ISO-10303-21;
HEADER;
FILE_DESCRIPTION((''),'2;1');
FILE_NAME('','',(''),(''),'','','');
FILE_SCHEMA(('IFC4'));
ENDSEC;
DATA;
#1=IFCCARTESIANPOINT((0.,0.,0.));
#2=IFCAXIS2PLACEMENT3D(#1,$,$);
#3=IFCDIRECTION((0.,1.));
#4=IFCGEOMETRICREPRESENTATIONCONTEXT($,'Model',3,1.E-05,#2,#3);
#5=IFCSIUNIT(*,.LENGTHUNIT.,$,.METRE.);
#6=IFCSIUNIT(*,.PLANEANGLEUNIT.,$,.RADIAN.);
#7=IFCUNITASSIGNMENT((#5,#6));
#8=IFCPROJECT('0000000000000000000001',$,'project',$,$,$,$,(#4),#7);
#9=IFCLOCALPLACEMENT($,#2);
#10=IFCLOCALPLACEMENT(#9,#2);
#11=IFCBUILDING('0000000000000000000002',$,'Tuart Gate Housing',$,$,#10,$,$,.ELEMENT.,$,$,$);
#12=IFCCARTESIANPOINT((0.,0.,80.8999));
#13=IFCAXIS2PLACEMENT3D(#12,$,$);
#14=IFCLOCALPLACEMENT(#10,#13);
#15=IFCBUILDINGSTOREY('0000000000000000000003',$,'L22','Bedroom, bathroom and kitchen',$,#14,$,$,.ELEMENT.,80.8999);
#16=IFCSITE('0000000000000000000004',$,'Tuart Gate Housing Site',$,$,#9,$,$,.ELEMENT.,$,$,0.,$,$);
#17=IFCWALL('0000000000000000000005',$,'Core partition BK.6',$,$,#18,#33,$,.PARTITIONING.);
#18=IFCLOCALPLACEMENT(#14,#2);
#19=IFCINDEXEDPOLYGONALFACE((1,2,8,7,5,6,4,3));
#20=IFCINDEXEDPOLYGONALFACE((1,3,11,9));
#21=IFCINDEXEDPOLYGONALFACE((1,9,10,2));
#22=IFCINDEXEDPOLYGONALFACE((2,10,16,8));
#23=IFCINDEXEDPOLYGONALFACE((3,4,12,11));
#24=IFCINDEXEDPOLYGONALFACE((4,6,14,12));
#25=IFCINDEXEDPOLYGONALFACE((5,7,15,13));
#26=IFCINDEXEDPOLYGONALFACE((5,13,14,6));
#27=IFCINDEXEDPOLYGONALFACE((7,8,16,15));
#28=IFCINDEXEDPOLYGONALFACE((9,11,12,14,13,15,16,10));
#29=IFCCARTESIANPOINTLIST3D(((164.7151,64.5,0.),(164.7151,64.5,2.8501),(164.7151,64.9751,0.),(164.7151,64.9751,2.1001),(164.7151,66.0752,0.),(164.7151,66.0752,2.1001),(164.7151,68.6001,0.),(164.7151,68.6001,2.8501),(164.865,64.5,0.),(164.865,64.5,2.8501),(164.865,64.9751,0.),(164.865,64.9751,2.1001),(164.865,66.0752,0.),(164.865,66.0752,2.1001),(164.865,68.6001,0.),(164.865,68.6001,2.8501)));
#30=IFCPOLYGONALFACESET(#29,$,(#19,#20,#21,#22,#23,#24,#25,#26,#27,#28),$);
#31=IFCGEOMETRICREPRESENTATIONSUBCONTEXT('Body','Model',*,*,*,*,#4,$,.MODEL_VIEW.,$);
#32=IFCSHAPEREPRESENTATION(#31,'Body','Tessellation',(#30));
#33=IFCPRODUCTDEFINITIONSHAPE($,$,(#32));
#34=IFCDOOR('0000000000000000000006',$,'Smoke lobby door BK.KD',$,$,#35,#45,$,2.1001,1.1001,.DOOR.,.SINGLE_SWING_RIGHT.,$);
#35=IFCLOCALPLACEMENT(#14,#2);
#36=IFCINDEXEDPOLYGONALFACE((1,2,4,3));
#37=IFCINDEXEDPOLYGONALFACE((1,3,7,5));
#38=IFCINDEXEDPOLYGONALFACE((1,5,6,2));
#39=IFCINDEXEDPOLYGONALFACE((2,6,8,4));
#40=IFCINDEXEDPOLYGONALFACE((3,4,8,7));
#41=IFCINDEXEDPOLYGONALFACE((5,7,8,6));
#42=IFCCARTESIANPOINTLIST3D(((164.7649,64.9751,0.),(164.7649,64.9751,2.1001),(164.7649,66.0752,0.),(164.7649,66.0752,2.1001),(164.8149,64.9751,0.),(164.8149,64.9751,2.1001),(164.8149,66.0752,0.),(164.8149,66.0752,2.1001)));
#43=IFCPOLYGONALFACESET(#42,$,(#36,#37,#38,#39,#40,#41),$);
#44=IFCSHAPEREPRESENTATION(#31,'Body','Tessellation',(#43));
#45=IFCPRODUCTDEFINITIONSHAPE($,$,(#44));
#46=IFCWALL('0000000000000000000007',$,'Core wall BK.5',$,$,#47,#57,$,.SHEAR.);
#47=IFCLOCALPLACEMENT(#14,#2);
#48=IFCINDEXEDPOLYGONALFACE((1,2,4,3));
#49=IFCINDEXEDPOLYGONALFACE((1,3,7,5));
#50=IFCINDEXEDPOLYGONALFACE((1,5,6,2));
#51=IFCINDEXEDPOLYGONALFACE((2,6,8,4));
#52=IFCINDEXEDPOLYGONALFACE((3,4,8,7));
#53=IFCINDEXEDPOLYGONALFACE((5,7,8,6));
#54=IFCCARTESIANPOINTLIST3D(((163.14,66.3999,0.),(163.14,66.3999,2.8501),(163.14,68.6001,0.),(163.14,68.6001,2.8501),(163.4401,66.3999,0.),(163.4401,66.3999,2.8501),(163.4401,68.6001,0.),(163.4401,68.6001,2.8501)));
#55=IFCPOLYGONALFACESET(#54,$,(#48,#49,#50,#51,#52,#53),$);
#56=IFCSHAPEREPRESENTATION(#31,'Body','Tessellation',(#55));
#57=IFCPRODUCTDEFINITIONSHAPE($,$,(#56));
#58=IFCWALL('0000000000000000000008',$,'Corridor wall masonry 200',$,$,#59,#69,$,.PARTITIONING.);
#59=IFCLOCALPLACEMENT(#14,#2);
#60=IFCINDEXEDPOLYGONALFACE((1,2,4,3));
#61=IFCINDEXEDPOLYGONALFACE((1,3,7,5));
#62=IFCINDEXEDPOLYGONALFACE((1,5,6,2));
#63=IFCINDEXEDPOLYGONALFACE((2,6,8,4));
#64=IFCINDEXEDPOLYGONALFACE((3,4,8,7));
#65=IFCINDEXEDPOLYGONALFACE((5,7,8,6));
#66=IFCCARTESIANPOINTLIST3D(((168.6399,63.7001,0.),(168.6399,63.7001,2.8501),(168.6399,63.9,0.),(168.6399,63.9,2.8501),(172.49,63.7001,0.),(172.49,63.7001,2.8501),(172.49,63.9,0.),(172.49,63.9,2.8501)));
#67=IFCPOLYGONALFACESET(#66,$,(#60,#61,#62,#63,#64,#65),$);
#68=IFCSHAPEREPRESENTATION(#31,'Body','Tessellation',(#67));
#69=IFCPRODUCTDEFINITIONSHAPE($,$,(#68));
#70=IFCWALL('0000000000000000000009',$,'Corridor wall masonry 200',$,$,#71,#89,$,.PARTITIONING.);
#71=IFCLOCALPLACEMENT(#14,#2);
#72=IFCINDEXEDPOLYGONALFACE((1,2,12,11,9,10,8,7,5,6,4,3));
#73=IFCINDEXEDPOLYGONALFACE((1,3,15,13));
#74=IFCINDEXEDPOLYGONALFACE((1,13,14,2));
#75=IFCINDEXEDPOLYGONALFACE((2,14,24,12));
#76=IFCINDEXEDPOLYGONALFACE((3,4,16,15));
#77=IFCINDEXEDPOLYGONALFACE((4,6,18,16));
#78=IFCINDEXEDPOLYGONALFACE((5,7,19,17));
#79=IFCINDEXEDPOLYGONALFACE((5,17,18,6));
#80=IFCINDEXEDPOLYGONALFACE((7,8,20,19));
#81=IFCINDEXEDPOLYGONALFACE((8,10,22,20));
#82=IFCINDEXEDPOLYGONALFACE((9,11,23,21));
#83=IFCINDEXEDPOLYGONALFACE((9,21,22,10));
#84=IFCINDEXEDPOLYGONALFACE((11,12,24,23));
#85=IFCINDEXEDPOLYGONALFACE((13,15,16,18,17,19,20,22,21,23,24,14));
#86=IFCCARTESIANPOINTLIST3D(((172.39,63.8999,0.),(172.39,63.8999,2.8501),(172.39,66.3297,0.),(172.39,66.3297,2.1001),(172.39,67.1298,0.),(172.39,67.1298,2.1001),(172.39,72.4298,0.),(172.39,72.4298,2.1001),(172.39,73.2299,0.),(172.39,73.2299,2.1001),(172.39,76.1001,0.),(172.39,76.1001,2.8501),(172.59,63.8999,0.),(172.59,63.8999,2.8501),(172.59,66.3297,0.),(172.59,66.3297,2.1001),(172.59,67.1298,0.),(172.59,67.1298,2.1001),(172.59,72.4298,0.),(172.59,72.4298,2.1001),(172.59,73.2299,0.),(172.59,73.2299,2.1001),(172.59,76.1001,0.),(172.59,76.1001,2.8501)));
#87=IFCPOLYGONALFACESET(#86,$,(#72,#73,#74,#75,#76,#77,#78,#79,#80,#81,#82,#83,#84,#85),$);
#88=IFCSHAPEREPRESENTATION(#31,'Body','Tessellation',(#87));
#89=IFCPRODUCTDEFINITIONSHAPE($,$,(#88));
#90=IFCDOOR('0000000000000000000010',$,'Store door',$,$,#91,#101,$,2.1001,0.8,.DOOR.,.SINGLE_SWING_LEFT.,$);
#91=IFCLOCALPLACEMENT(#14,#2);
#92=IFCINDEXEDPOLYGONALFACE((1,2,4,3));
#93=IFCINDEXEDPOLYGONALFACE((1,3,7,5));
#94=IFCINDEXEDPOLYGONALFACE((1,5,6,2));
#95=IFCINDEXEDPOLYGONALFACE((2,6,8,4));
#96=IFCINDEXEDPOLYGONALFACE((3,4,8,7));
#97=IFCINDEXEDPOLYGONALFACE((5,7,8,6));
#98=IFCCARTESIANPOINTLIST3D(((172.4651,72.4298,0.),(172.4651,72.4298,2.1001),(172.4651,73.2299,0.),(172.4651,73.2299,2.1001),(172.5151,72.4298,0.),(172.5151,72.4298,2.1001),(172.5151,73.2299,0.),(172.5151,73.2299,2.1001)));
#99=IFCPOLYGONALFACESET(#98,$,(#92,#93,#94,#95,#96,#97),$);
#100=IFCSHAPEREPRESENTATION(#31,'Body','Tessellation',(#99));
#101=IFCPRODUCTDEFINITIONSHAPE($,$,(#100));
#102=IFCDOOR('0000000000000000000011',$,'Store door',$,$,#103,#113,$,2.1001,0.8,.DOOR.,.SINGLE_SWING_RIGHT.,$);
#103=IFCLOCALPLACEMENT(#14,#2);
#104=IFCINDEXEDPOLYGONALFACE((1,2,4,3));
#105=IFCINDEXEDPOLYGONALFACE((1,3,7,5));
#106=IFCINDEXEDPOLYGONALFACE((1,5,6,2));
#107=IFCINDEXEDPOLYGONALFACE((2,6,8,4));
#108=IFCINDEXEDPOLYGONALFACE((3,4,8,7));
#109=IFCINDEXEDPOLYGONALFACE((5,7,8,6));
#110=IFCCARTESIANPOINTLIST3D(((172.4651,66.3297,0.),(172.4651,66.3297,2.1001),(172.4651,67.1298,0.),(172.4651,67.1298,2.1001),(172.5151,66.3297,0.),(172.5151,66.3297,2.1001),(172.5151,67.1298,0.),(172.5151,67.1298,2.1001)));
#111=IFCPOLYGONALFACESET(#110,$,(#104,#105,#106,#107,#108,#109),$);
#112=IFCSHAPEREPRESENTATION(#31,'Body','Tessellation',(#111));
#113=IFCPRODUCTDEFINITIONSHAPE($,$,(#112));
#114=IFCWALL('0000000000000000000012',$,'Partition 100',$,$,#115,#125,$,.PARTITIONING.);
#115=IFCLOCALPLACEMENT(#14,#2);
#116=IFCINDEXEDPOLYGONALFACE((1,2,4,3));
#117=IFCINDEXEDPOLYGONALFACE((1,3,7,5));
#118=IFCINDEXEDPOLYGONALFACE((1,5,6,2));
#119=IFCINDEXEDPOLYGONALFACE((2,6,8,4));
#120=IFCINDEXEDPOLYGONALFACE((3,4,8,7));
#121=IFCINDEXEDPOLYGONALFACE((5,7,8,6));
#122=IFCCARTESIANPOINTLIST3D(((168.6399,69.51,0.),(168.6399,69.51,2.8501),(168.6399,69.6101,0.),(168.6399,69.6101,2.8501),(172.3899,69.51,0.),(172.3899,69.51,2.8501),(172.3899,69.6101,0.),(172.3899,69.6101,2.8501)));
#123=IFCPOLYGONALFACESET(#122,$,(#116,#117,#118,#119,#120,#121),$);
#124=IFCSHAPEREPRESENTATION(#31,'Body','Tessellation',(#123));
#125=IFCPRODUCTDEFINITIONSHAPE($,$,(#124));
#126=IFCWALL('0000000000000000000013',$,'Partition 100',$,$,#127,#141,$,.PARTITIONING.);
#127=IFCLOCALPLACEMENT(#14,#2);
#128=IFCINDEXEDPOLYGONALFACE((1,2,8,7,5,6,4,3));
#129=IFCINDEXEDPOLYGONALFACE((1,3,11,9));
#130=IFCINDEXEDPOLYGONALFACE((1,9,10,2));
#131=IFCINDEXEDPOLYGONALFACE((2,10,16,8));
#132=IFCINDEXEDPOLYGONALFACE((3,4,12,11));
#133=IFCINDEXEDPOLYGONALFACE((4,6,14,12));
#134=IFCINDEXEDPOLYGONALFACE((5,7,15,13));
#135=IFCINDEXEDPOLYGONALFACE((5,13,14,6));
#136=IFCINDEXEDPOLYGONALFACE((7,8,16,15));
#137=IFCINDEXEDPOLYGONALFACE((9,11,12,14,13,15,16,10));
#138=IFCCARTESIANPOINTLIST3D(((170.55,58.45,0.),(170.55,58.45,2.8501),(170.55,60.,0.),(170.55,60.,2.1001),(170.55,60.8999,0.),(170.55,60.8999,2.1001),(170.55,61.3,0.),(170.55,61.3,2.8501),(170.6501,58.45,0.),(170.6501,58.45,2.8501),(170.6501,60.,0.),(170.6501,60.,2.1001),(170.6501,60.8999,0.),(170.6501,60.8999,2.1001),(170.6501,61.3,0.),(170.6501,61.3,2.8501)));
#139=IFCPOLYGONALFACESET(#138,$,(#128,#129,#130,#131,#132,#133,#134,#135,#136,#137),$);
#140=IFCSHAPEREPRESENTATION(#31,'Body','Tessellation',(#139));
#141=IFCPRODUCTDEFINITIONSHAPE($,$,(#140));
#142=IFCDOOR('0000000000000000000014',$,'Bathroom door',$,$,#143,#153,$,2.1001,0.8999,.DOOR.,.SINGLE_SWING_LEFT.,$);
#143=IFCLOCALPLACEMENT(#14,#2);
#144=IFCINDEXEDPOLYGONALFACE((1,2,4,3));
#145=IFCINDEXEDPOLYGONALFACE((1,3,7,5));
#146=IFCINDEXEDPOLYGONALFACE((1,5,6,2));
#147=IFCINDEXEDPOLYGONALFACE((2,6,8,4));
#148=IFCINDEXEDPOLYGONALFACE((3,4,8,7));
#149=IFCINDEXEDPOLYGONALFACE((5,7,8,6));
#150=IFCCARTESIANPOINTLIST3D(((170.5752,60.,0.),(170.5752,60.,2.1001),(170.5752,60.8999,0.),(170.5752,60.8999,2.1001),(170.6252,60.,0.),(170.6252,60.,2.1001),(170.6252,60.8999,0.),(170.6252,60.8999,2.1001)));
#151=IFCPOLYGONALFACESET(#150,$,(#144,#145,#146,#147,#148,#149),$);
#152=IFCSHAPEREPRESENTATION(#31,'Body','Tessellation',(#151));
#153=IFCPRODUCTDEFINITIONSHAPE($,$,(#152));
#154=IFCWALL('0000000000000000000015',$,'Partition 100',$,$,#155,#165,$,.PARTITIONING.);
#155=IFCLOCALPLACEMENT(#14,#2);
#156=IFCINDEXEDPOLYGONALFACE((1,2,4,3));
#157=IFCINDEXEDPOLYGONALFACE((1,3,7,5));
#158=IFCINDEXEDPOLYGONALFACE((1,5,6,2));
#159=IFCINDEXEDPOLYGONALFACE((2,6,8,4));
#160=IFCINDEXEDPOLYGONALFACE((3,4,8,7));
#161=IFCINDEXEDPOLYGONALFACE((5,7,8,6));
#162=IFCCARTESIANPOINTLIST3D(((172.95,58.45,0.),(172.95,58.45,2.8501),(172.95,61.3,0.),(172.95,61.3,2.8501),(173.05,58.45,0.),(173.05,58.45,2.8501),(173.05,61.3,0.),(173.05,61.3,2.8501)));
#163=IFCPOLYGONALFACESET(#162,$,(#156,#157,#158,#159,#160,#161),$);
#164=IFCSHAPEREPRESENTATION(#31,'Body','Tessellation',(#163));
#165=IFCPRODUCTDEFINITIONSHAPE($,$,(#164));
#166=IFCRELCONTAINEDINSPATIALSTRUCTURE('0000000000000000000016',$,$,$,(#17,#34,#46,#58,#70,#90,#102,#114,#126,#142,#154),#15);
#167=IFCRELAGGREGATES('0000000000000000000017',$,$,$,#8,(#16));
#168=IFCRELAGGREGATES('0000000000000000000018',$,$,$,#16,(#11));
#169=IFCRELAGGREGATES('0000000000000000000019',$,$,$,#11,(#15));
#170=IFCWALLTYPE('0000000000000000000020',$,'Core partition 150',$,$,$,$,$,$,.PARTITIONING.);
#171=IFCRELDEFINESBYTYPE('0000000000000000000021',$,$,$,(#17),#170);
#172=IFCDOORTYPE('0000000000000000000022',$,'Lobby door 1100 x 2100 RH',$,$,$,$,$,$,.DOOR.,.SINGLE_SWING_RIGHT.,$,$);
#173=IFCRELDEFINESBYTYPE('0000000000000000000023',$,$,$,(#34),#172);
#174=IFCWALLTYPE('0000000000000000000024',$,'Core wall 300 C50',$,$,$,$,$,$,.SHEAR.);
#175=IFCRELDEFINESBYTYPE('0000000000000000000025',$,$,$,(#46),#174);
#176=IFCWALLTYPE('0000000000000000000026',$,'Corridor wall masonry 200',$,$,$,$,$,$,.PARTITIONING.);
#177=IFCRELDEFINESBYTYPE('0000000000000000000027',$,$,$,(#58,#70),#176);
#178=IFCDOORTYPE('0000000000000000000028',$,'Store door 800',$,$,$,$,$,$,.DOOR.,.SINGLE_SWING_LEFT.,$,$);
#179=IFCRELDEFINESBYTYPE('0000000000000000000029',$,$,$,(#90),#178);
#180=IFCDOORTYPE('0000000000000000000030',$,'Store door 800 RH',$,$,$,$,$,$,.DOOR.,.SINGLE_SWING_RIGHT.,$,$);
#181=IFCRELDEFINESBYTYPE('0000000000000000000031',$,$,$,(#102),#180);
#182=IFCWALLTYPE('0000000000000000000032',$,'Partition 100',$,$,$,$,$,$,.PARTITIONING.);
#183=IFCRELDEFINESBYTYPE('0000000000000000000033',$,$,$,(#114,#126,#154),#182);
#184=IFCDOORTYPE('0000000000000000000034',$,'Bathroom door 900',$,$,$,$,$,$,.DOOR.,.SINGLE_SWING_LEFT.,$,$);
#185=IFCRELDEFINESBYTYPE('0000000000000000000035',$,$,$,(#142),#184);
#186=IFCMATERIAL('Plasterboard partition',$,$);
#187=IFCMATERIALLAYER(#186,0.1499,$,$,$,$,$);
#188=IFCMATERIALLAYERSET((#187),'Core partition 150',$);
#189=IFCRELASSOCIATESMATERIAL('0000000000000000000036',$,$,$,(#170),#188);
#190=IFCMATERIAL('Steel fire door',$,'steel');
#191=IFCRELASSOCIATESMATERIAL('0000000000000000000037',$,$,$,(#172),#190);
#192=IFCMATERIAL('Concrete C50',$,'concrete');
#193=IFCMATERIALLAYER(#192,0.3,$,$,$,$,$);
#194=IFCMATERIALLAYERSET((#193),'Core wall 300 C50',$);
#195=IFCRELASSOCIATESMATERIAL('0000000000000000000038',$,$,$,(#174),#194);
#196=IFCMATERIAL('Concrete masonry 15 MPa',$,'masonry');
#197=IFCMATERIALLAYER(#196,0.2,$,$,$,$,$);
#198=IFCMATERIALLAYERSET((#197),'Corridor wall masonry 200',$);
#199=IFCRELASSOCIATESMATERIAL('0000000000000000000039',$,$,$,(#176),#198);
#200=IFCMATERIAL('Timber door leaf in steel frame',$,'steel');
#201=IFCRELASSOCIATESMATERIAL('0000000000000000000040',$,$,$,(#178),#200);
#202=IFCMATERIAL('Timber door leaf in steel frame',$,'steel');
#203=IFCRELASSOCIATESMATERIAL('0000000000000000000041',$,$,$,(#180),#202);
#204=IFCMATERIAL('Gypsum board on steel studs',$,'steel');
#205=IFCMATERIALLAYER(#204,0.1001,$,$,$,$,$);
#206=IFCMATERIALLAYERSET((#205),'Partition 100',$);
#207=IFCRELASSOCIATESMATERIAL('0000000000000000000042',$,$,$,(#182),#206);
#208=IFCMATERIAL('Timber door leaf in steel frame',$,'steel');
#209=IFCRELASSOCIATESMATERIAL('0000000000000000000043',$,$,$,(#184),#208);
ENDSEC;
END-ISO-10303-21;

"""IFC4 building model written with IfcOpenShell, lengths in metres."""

from ifc_helpers import new_model, si_unit, direction, frame, frame_2d, origin, place, context, subcontext, project, spatial, rectangle, extrude, material, layer, layer_set, type_object, element, fill, save


model = new_model("IFC4")

# Units and contexts
model_context = context("Model", 3, precision=1e-05, world=origin(), true_north=direction((0.0, 1.0)))
body_context = subcontext(model_context, "Body", "Model", "MODEL_VIEW")
ifc_project = project(units=[si_unit("LENGTHUNIT", "METRE"), si_unit("PLANEANGLEUNIT", "RADIAN")], contexts=[model_context])

# Site, building, storey
site_placement = place(None, origin())
site = spatial("IfcSite", under=ifc_project, at=site_placement, Name="Tuart Gate Housing Site", CompositionType="ELEMENT", RefElevation=0.0)
building_placement = place(site_placement, origin())
building = spatial("IfcBuilding", under=site, at=building_placement, Name="Tuart Gate Housing", CompositionType="ELEMENT")
storey_placement = place(building_placement, frame((0.0, 0.0, 80.8999)))
storey = spatial("IfcBuildingStorey", under=building, at=storey_placement, Name="L22", Description="Bedroom, bathroom and kitchen", CompositionType="ELEMENT", Elevation=80.8999)

# Wall, opening, door
ifc_material_1 = material(Name="Plasterboard partition")
ifc_layer_1 = layer(ifc_material_1, 0.1499)
ifc_layer_set_1 = layer_set([ifc_layer_1], Name="Core partition 150")
wall_type_1 = type_object("IfcWallType", Name="Core partition 150", PredefinedType="PARTITIONING", material=ifc_layer_set_1)
wall_1_placement = place(storey_placement, frame((164.79, 68.6001, 0.0), z_axis=(0.0, 0.0, 1.0), x_axis=(0.0, -1.0, 0.0)))
wall_1 = element("IfcWall", 1, at=wall_1_placement, inside=storey, type_object=wall_type_1, Name="Core partition BK.6", PredefinedType="PARTITIONING", context=body_context, shape_type="SweptSolid", body=[
    extrude(rectangle(XDim=4.1001, YDim=0.1499, at=frame_2d((2.05, 0.0))), origin(), (0.0, 0.0, 1.0), 2.8501),
])
opening_1_placement = place(wall_1_placement, frame((2.5249, 0.0, 0.0)))
opening_1 = element("IfcOpeningElement", 2, at=opening_1_placement, cuts=wall_1, PredefinedType="OPENING", context=body_context, shape_type="SweptSolid", body=[
    extrude(rectangle(XDim=1.1001, YDim=2.1001, at=frame_2d((0.55, 1.05))), frame((0.0, 0.085, 0.0), z_axis=(0.0, -1.0, 0.0), x_axis=(1.0, 0.0, 0.0)), (0.0, 0.0, 1.0), 0.1699),
])
ifc_material_2 = material(Name="Steel fire door", Category="steel")
door_type_1 = type_object("IfcDoorType", Name="Lobby door 1100 x 2100 RH", OperationType="SINGLE_SWING_RIGHT", PredefinedType="DOOR", material=ifc_material_2)
door_1_placement = place(opening_1_placement, origin())
door_1 = element("IfcDoor", 3, at=door_1_placement, inside=storey, type_object=door_type_1, Name="Smoke lobby door BK.KD", OperationType="SINGLE_SWING_RIGHT", OverallHeight=2.1001, OverallWidth=1.1001, PredefinedType="DOOR", context=body_context, shape_type="SweptSolid", body=[
    extrude(rectangle(XDim=1.1001, YDim=2.1001, at=frame_2d((0.55, 1.05))), frame((0.0, 0.0249, 0.0), z_axis=(0.0, -1.0, 0.0), x_axis=(1.0, 0.0, 0.0)), (0.0, 0.0, 1.0), 0.05),
])
fill(opening_1, door_1)

# Walls
ifc_material_3 = material(Name="Concrete C50", Category="concrete")
ifc_layer_2 = layer(ifc_material_3, 0.3)
ifc_layer_set_2 = layer_set([ifc_layer_2], Name="Core wall 300 C50")
wall_type_2 = type_object("IfcWallType", Name="Core wall 300 C50", PredefinedType="SHEAR", material=ifc_layer_set_2)
wall_2_placement = place(storey_placement, frame((163.29, 68.6001, 0.0), z_axis=(0.0, 0.0, 1.0), x_axis=(0.0, -1.0, 0.0)))
element("IfcWall", 4, at=wall_2_placement, inside=storey, type_object=wall_type_2, Name="Core wall BK.5", PredefinedType="SHEAR", context=body_context, shape_type="SweptSolid", body=[
    extrude(rectangle(XDim=2.2002, YDim=0.3, at=frame_2d((1.1001, 0.0))), origin(), (0.0, 0.0, 1.0), 2.8501),
])
ifc_material_4 = material(Name="Concrete masonry 15 MPa", Category="masonry")
ifc_layer_3 = layer(ifc_material_4, 0.2)
ifc_layer_set_3 = layer_set([ifc_layer_3], Name="Corridor wall masonry 200")
wall_type_3 = type_object("IfcWallType", Name="Corridor wall masonry 200", PredefinedType="PARTITIONING", material=ifc_layer_set_3)
wall_3_placement = place(storey_placement, frame((168.6399, 63.8, 0.0), z_axis=(0.0, 0.0, 1.0), x_axis=(1.0, 0.0, 0.0)))
element("IfcWall", 5, at=wall_3_placement, inside=storey, type_object=wall_type_3, Name="Corridor wall masonry 200", PredefinedType="PARTITIONING", context=body_context, shape_type="SweptSolid", body=[
    extrude(rectangle(XDim=3.8501, YDim=0.2, at=frame_2d((1.925, 0.0))), origin(), (0.0, 0.0, 1.0), 2.8501),
])

# Wall, openings, doors
wall_4_placement = place(storey_placement, frame((172.49, 63.8999, 0.0), z_axis=(0.0, 0.0, 1.0), x_axis=(0.0, 1.0, 0.0)))
wall_4 = element("IfcWall", 6, at=wall_4_placement, inside=storey, type_object=wall_type_3, Name="Corridor wall masonry 200", PredefinedType="PARTITIONING", context=body_context, shape_type="SweptSolid", body=[
    extrude(rectangle(XDim=12.2002, YDim=0.2, at=frame_2d((6.1001, 0.0))), origin(), (0.0, 0.0, 1.0), 2.8501),
])
opening_2_placement = place(wall_4_placement, frame((2.4299, 0.0, 0.0)))
opening_2 = element("IfcOpeningElement", 7, at=opening_2_placement, cuts=wall_4, PredefinedType="OPENING", context=body_context, shape_type="SweptSolid", body=[
    extrude(rectangle(XDim=0.8, YDim=2.1001, at=frame_2d((0.3999, 1.05))), frame((0.0, 0.1099, 0.0), z_axis=(0.0, -1.0, 0.0), x_axis=(1.0, 0.0, 0.0)), (0.0, 0.0, 1.0), 0.22),
])
opening_3_placement = place(wall_4_placement, frame((8.53, 0.0, 0.0)))
opening_3 = element("IfcOpeningElement", 8, at=opening_3_placement, cuts=wall_4, PredefinedType="OPENING", context=body_context, shape_type="SweptSolid", body=[
    extrude(rectangle(XDim=0.8, YDim=2.1001, at=frame_2d((0.3999, 1.05))), frame((0.0, 0.1099, 0.0), z_axis=(0.0, -1.0, 0.0), x_axis=(1.0, 0.0, 0.0)), (0.0, 0.0, 1.0), 0.22),
])
ifc_material_5 = material(Name="Timber door leaf in steel frame", Category="steel")
door_type_2 = type_object("IfcDoorType", Name="Store door 800", OperationType="SINGLE_SWING_LEFT", PredefinedType="DOOR", material=ifc_material_5)
door_2_placement = place(opening_3_placement, origin())
door_2 = element("IfcDoor", 9, at=door_2_placement, inside=storey, type_object=door_type_2, Name="Store door", OperationType="SINGLE_SWING_LEFT", OverallHeight=2.1001, OverallWidth=0.8, PredefinedType="DOOR", context=body_context, shape_type="SweptSolid", body=[
    extrude(rectangle(XDim=0.8, YDim=2.1001, at=frame_2d((0.3999, 1.05))), frame((0.0, 0.0249, 0.0), z_axis=(0.0, -1.0, 0.0), x_axis=(1.0, 0.0, 0.0)), (0.0, 0.0, 1.0), 0.05),
])
fill(opening_3, door_2)
ifc_material_6 = material(Name="Timber door leaf in steel frame", Category="steel")
door_type_3 = type_object("IfcDoorType", Name="Store door 800 RH", OperationType="SINGLE_SWING_RIGHT", PredefinedType="DOOR", material=ifc_material_6)
door_3_placement = place(opening_2_placement, origin())
door_3 = element("IfcDoor", 10, at=door_3_placement, inside=storey, type_object=door_type_3, Name="Store door", OperationType="SINGLE_SWING_RIGHT", OverallHeight=2.1001, OverallWidth=0.8, PredefinedType="DOOR", context=body_context, shape_type="SweptSolid", body=[
    extrude(rectangle(XDim=0.8, YDim=2.1001, at=frame_2d((0.3999, 1.05))), frame((0.0, 0.0249, 0.0), z_axis=(0.0, -1.0, 0.0), x_axis=(1.0, 0.0, 0.0)), (0.0, 0.0, 1.0), 0.05),
])
fill(opening_2, door_3)

# Wall
ifc_material_7 = material(Name="Gypsum board on steel studs", Category="steel")
ifc_layer_4 = layer(ifc_material_7, 0.1001)
ifc_layer_set_4 = layer_set([ifc_layer_4], Name="Partition 100")
wall_type_4 = type_object("IfcWallType", Name="Partition 100", PredefinedType="PARTITIONING", material=ifc_layer_set_4)
wall_5_placement = place(storey_placement, frame((168.6399, 69.5601, 0.0), z_axis=(0.0, 0.0, 1.0), x_axis=(1.0, 0.0, 0.0)))
element("IfcWall", 11, at=wall_5_placement, inside=storey, type_object=wall_type_4, Name="Partition 100", PredefinedType="PARTITIONING", context=body_context, shape_type="SweptSolid", body=[
    extrude(rectangle(XDim=3.75, YDim=0.1001, at=frame_2d((1.875, 0.0))), origin(), (0.0, 0.0, 1.0), 2.8501),
])

# Wall, opening, door
wall_6_placement = place(storey_placement, frame((170.6001, 58.45, 0.0), z_axis=(0.0, 0.0, 1.0), x_axis=(0.0, 1.0, 0.0)))
wall_6 = element("IfcWall", 12, at=wall_6_placement, inside=storey, type_object=wall_type_4, Name="Partition 100", PredefinedType="PARTITIONING", context=body_context, shape_type="SweptSolid", body=[
    extrude(rectangle(XDim=2.8501, YDim=0.1001, at=frame_2d((1.425, 0.0))), origin(), (0.0, 0.0, 1.0), 2.8501),
])
opening_4_placement = place(wall_6_placement, frame((1.55, 0.0, 0.0)))
opening_4 = element("IfcOpeningElement", 13, at=opening_4_placement, cuts=wall_6, PredefinedType="OPENING", context=body_context, shape_type="SweptSolid", body=[
    extrude(rectangle(XDim=0.8999, YDim=2.1001, at=frame_2d((0.45, 1.05))), frame((0.0, 0.0601, 0.0), z_axis=(0.0, -1.0, 0.0), x_axis=(1.0, 0.0, 0.0)), (0.0, 0.0, 1.0), 0.1201),
])
ifc_material_8 = material(Name="Timber door leaf in steel frame", Category="steel")
door_type_4 = type_object("IfcDoorType", Name="Bathroom door 900", OperationType="SINGLE_SWING_LEFT", PredefinedType="DOOR", material=ifc_material_8)
door_4_placement = place(opening_4_placement, frame((0.8999, 0.0, 0.0), z_axis=(0.0, 0.0, 1.0), x_axis=(-1.0, 0.0, 0.0)))
door_4 = element("IfcDoor", 14, at=door_4_placement, inside=storey, type_object=door_type_4, Name="Bathroom door", OperationType="SINGLE_SWING_LEFT", OverallHeight=2.1001, OverallWidth=0.8999, PredefinedType="DOOR", context=body_context, shape_type="SweptSolid", body=[
    extrude(rectangle(XDim=0.8999, YDim=2.1001, at=frame_2d((0.45, 1.05))), frame((0.0, 0.0251, 0.0), z_axis=(0.0, -1.0, 0.0), x_axis=(1.0, 0.0, 0.0)), (0.0, 0.0, 1.0), 0.05),
])
fill(opening_4, door_4)

# Wall
wall_7_placement = place(storey_placement, frame((173.0, 58.45, 0.0), z_axis=(0.0, 0.0, 1.0), x_axis=(0.0, 1.0, 0.0)))
element("IfcWall", 15, at=wall_7_placement, inside=storey, type_object=wall_type_4, Name="Partition 100", PredefinedType="PARTITIONING", context=body_context, shape_type="SweptSolid", body=[
    extrude(rectangle(XDim=2.8501, YDim=0.1001, at=frame_2d((1.425, 0.0))), origin(), (0.0, 0.0, 1.0), 2.8501),
])

save(model, "model.ifc")
